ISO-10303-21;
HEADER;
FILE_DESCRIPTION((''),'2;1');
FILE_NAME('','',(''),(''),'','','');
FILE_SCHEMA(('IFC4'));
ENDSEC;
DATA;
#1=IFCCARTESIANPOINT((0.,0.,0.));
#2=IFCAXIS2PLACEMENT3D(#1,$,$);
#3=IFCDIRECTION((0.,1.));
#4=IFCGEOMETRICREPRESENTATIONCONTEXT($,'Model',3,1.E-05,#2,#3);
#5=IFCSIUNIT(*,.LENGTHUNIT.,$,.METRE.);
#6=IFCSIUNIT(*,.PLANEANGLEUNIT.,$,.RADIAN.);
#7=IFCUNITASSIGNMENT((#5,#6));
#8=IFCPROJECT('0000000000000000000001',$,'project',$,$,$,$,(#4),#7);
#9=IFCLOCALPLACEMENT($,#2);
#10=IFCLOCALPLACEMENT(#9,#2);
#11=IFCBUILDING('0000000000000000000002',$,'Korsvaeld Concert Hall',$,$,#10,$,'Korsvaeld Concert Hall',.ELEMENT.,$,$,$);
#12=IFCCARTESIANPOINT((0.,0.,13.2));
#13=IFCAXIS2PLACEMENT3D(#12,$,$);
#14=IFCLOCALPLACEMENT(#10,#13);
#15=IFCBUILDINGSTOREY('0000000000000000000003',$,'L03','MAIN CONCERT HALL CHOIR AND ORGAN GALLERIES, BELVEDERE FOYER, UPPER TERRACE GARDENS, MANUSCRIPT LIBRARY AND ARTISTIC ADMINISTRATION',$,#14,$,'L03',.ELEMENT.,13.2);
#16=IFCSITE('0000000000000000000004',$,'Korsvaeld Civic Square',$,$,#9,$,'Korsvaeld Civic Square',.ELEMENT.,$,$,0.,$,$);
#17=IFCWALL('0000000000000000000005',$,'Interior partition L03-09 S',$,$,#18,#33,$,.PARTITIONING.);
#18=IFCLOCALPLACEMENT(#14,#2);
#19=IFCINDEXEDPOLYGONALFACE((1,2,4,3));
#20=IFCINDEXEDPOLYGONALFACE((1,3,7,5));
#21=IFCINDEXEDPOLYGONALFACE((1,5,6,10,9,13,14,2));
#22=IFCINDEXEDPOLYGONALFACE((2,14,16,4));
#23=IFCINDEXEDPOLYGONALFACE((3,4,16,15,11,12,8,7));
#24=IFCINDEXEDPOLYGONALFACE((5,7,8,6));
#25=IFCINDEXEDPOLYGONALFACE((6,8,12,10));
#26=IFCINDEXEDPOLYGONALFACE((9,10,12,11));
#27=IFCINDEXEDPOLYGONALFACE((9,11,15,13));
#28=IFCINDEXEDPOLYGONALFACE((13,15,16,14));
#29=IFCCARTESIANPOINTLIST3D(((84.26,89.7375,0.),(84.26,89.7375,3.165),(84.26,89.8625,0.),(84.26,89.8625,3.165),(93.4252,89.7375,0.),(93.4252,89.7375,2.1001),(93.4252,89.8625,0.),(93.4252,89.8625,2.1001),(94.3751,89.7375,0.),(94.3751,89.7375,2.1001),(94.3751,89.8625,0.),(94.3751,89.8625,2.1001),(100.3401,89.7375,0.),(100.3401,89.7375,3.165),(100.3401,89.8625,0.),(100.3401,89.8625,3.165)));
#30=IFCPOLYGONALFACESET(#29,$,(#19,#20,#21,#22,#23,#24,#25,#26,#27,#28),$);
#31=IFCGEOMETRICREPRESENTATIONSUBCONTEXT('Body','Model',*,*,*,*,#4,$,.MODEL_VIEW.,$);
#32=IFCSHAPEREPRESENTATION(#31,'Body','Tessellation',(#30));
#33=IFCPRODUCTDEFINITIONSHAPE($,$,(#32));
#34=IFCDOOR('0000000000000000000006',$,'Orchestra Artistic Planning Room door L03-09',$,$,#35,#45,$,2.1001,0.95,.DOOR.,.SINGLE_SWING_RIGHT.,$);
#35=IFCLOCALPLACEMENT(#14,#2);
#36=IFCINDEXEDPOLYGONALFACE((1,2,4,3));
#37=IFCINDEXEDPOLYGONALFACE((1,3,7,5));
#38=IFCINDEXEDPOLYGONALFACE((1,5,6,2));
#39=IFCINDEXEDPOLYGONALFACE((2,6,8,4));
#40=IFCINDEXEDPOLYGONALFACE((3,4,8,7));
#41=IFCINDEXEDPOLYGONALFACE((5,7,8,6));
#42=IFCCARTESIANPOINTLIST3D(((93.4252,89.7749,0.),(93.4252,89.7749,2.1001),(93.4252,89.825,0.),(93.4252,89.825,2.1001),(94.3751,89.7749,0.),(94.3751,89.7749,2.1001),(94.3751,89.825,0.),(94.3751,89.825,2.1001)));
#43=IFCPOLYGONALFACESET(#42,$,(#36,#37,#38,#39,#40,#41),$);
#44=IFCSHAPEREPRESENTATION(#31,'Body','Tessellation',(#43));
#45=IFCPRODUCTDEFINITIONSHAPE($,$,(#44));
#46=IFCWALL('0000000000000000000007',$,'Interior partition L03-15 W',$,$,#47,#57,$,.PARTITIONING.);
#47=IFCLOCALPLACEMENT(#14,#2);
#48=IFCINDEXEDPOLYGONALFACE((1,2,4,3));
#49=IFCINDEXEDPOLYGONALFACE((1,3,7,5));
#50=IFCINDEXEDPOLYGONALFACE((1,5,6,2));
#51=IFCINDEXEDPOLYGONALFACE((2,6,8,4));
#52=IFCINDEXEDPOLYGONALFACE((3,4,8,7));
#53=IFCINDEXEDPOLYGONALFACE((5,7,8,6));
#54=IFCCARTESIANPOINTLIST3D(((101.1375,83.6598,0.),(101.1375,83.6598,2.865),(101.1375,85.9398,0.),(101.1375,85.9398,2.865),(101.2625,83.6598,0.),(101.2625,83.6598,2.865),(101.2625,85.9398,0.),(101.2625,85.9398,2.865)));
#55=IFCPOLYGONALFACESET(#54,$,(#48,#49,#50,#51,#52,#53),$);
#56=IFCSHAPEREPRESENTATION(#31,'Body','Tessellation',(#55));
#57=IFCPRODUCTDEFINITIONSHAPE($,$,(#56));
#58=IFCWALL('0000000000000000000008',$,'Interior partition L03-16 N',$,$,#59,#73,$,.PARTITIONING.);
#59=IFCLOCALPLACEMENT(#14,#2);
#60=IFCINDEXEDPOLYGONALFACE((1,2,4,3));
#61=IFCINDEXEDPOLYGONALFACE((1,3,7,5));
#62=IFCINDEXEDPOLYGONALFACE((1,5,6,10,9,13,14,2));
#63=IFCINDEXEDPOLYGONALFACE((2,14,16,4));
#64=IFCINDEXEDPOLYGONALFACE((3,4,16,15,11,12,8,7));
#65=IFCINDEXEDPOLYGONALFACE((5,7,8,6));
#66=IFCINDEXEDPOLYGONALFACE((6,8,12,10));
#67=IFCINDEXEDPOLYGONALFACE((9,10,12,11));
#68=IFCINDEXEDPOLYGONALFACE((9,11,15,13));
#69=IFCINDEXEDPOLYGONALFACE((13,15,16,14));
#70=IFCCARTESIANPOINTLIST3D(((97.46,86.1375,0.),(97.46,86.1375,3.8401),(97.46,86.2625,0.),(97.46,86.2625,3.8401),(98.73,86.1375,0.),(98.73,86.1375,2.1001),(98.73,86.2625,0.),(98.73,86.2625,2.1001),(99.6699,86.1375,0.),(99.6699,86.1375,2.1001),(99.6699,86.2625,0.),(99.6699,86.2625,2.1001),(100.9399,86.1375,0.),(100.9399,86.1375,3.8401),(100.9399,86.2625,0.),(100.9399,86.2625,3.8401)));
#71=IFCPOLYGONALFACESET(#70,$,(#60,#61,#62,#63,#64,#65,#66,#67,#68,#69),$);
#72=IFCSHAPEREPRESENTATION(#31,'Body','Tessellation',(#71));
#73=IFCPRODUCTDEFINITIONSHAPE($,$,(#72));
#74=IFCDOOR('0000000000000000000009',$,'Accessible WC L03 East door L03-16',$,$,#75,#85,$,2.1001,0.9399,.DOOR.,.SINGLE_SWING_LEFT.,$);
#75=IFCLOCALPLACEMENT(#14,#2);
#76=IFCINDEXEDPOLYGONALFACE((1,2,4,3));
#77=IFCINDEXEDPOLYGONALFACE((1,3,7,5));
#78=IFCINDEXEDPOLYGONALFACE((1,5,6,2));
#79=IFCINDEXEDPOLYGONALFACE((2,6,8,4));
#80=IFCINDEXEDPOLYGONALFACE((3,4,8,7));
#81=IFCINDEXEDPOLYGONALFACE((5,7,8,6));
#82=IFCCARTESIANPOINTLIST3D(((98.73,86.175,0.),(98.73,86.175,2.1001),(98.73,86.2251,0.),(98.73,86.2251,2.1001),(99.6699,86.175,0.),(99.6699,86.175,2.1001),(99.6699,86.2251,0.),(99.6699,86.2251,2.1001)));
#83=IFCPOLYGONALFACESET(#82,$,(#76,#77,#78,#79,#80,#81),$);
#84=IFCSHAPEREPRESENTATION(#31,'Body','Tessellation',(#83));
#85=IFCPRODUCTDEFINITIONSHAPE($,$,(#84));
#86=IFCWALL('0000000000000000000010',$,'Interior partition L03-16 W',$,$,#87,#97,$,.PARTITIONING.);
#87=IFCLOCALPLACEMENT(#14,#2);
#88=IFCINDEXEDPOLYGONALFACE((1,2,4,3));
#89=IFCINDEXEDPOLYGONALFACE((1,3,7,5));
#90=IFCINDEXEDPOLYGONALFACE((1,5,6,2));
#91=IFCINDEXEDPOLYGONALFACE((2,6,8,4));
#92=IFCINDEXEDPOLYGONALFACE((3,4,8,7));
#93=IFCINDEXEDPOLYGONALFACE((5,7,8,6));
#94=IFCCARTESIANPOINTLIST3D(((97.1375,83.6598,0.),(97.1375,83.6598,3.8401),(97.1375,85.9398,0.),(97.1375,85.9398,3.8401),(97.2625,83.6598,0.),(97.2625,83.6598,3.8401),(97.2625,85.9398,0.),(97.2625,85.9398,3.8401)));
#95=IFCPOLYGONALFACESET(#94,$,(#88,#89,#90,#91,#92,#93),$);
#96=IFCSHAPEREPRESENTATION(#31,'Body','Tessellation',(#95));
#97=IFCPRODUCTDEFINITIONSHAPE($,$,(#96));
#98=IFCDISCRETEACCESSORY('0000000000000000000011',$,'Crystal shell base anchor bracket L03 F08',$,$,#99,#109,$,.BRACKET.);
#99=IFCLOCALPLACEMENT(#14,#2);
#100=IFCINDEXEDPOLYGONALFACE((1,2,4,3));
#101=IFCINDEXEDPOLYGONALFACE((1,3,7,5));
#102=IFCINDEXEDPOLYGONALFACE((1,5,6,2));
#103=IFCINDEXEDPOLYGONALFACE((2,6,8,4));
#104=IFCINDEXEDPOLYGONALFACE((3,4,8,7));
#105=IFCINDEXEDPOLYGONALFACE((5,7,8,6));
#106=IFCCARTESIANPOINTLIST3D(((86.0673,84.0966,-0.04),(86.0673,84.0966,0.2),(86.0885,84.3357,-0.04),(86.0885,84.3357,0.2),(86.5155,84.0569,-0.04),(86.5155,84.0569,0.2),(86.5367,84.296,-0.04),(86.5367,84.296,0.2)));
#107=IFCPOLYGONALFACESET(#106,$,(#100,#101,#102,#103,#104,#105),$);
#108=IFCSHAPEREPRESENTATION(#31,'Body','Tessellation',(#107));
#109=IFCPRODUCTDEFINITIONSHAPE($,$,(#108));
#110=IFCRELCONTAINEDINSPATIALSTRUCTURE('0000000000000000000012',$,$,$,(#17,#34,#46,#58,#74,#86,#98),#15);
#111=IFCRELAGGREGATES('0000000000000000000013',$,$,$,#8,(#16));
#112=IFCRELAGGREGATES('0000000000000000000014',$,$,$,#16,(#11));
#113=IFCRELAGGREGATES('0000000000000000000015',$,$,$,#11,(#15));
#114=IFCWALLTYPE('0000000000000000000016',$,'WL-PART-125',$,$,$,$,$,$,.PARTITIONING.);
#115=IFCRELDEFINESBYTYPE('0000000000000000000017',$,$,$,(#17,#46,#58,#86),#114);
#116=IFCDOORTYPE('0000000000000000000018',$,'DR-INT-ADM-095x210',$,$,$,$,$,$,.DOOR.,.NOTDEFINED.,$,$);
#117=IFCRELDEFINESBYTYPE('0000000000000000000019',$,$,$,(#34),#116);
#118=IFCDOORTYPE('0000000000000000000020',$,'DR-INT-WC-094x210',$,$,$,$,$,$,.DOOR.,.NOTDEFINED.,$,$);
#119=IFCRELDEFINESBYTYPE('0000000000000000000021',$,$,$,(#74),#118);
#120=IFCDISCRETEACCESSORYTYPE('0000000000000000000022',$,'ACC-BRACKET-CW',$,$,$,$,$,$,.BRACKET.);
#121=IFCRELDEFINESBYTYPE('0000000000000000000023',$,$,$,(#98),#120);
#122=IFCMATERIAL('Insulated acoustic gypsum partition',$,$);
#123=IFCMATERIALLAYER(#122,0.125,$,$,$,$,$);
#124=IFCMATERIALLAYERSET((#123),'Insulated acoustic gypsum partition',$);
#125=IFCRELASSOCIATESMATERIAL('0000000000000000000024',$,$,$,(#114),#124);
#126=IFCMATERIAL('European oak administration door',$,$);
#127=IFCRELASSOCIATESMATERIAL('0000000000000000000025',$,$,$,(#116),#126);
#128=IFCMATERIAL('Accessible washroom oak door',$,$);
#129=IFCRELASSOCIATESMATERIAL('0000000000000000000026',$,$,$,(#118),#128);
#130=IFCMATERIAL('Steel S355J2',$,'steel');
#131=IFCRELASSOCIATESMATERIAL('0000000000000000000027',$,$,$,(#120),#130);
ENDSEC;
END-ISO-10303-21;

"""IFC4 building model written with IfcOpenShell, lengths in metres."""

from ifc_helpers import new_model, si_unit, direction, frame, frame_2d, origin, origin_2d, place, context, subcontext, project, spatial, rectangle, extrude, material, layer, layer_set, type_object, element, fill, save


model = new_model("IFC4")

# Units and contexts
model_context = context("Model", 3, precision=1e-05, world=origin(), true_north=direction((0.0, 1.0)))
body_context = subcontext(model_context, "Body", "Model", "MODEL_VIEW")
ifc_project = project(units=[si_unit("LENGTHUNIT", "METRE"), si_unit("PLANEANGLEUNIT", "RADIAN")], contexts=[model_context])

# Site, building, storey
site_placement = place(None, origin())
site = spatial("IfcSite", under=ifc_project, at=site_placement, Name="Korsvaeld Civic Square", LongName="Korsvaeld Civic Square", CompositionType="ELEMENT", RefElevation=0.0)
building_placement = place(site_placement, origin())
building = spatial("IfcBuilding", under=site, at=building_placement, Name="Korsvaeld Concert Hall", LongName="Korsvaeld Concert Hall", CompositionType="ELEMENT")
storey_placement = place(building_placement, frame((0.0, 0.0, 13.2)))
storey = spatial("IfcBuildingStorey", under=building, at=storey_placement, Name="L03", Description="MAIN CONCERT HALL CHOIR AND ORGAN GALLERIES, BELVEDERE FOYER, UPPER TERRACE GARDENS, MANUSCRIPT LIBRARY AND ARTISTIC ADMINISTRATION", LongName="L03", CompositionType="ELEMENT", Elevation=13.2)

# Shared definitions
ifc_material_1 = material(Name="Steel S355J2", Category="steel")

# Wall, opening, door
ifc_material_2 = material(Name="Insulated acoustic gypsum partition")
ifc_layer_1 = layer(ifc_material_2, 0.125)
ifc_layer_set_1 = layer_set([ifc_layer_1], Name="Insulated acoustic gypsum partition")
wall_type = type_object("IfcWallType", Name="WL-PART-125", PredefinedType="PARTITIONING", material=ifc_layer_set_1)
wall_1_placement = place(storey_placement, frame((84.26, 89.8, 0.0), z_axis=(0.0, 0.0, 1.0), x_axis=(1.0, 0.0, 0.0)))
wall_1 = element("IfcWall", 1, at=wall_1_placement, inside=storey, type_object=wall_type, Name="Interior partition L03-09 S", PredefinedType="PARTITIONING", context=body_context, shape_type="SweptSolid", body=[
    extrude(rectangle(XDim=16.0801, YDim=0.125, at=frame_2d((8.04, 0.0))), origin(), (0.0, 0.0, 1.0), 3.165),
])
opening_1_placement = place(wall_1_placement, frame((9.165, 0.0, 0.0)))
opening_1 = element("IfcOpeningElement", 2, at=opening_1_placement, cuts=wall_1, PredefinedType="OPENING", context=body_context, shape_type="SweptSolid", body=[
    extrude(rectangle(XDim=0.95, YDim=2.1001, at=frame_2d((0.4751, 1.05))), frame((0.0, 0.0725, 0.0), z_axis=(0.0, -1.0, 0.0), x_axis=(1.0, 0.0, 0.0)), (0.0, 0.0, 1.0), 0.145),
])
ifc_material_3 = material(Name="European oak administration door")
door_type_1 = type_object("IfcDoorType", Name="DR-INT-ADM-095x210", OperationType="NOTDEFINED", PredefinedType="DOOR", material=ifc_material_3)
door_1_placement = place(opening_1_placement, origin())
door_1 = element("IfcDoor", 3, at=door_1_placement, inside=storey, type_object=door_type_1, Name="Orchestra Artistic Planning Room door L03-09", OperationType="SINGLE_SWING_RIGHT", OverallHeight=2.1001, OverallWidth=0.95, PredefinedType="DOOR", context=body_context, shape_type="SweptSolid", body=[
    extrude(rectangle(XDim=0.95, YDim=2.1001, at=frame_2d((0.4751, 1.05))), frame((0.0, 0.0249, 0.0), z_axis=(0.0, -1.0, 0.0), x_axis=(1.0, 0.0, 0.0)), (0.0, 0.0, 1.0), 0.05),
])
fill(opening_1, door_1)

# Wall
wall_2_placement = place(storey_placement, frame((101.2, 85.9399, 0.0), z_axis=(0.0, 0.0, 1.0), x_axis=(0.0, -1.0, 0.0)))
element("IfcWall", 4, at=wall_2_placement, inside=storey, type_object=wall_type, Name="Interior partition L03-15 W", PredefinedType="PARTITIONING", context=body_context, shape_type="SweptSolid", body=[
    extrude(rectangle(XDim=2.28, YDim=0.125, at=frame_2d((1.1401, 0.0))), origin(), (0.0, 0.0, 1.0), 2.865),
])

# Wall, opening, door
wall_3_placement = place(storey_placement, frame((100.9399, 86.2, 0.0), z_axis=(0.0, 0.0, 1.0), x_axis=(-1.0, 0.0, 0.0)))
wall_3 = element("IfcWall", 5, at=wall_3_placement, inside=storey, type_object=wall_type, Name="Interior partition L03-16 N", PredefinedType="PARTITIONING", context=body_context, shape_type="SweptSolid", body=[
    extrude(rectangle(XDim=3.48, YDim=0.125, at=frame_2d((1.74, 0.0))), origin(), (0.0, 0.0, 1.0), 3.8401),
])
opening_2_placement = place(wall_3_placement, frame((1.27, 0.0, 0.0)))
opening_2 = element("IfcOpeningElement", 6, at=opening_2_placement, cuts=wall_3, PredefinedType="OPENING", context=body_context, shape_type="SweptSolid", body=[
    extrude(rectangle(XDim=0.9399, YDim=2.1001, at=frame_2d((0.47, 1.05))), frame((0.0, 0.0725, 0.0), z_axis=(0.0, -1.0, 0.0), x_axis=(1.0, 0.0, 0.0)), (0.0, 0.0, 1.0), 0.145),
])
ifc_material_4 = material(Name="Accessible washroom oak door")
door_type_2 = type_object("IfcDoorType", Name="DR-INT-WC-094x210", OperationType="NOTDEFINED", PredefinedType="DOOR", material=ifc_material_4)
door_2_placement = place(opening_2_placement, origin())
door_2 = element("IfcDoor", 7, at=door_2_placement, inside=storey, type_object=door_type_2, Name="Accessible WC L03 East door L03-16", OperationType="SINGLE_SWING_LEFT", OverallHeight=2.1001, OverallWidth=0.9399, PredefinedType="DOOR", context=body_context, shape_type="SweptSolid", body=[
    extrude(rectangle(XDim=0.9399, YDim=2.1001, at=frame_2d((0.47, 1.05))), frame((0.0, 0.0249, 0.0), z_axis=(0.0, -1.0, 0.0), x_axis=(1.0, 0.0, 0.0)), (0.0, 0.0, 1.0), 0.05),
])
fill(opening_2, door_2)

# Wall
wall_4_placement = place(storey_placement, frame((97.2, 85.9399, 0.0), z_axis=(0.0, 0.0, 1.0), x_axis=(0.0, -1.0, 0.0)))
element("IfcWall", 8, at=wall_4_placement, inside=storey, type_object=wall_type, Name="Interior partition L03-16 W", PredefinedType="PARTITIONING", context=body_context, shape_type="SweptSolid", body=[
    extrude(rectangle(XDim=2.28, YDim=0.125, at=frame_2d((1.1401, 0.0))), origin(), (0.0, 0.0, 1.0), 3.8401),
])

# Discrete accessory
discrete_accessory_type = type_object("IfcDiscreteAccessoryType", Name="ACC-BRACKET-CW", PredefinedType="BRACKET", material=ifc_material_1)
discrete_accessory_placement = place(storey_placement, frame((86.302, 84.1963, -0.04), z_axis=(0.0, 0.0, 1.0), x_axis=(-0.996103, 0.088199, 0.0)))
element("IfcDiscreteAccessory", 9, at=discrete_accessory_placement, inside=storey, type_object=discrete_accessory_type, Name="Crystal shell base anchor bracket L03 F08", PredefinedType="BRACKET", context=body_context, shape_type="SweptSolid", body=[
    extrude(rectangle(XDim=0.45, YDim=0.24, at=origin_2d()), origin(), (0.0, 0.0, 1.0), 0.24),
])

save(model, "model.ifc")
